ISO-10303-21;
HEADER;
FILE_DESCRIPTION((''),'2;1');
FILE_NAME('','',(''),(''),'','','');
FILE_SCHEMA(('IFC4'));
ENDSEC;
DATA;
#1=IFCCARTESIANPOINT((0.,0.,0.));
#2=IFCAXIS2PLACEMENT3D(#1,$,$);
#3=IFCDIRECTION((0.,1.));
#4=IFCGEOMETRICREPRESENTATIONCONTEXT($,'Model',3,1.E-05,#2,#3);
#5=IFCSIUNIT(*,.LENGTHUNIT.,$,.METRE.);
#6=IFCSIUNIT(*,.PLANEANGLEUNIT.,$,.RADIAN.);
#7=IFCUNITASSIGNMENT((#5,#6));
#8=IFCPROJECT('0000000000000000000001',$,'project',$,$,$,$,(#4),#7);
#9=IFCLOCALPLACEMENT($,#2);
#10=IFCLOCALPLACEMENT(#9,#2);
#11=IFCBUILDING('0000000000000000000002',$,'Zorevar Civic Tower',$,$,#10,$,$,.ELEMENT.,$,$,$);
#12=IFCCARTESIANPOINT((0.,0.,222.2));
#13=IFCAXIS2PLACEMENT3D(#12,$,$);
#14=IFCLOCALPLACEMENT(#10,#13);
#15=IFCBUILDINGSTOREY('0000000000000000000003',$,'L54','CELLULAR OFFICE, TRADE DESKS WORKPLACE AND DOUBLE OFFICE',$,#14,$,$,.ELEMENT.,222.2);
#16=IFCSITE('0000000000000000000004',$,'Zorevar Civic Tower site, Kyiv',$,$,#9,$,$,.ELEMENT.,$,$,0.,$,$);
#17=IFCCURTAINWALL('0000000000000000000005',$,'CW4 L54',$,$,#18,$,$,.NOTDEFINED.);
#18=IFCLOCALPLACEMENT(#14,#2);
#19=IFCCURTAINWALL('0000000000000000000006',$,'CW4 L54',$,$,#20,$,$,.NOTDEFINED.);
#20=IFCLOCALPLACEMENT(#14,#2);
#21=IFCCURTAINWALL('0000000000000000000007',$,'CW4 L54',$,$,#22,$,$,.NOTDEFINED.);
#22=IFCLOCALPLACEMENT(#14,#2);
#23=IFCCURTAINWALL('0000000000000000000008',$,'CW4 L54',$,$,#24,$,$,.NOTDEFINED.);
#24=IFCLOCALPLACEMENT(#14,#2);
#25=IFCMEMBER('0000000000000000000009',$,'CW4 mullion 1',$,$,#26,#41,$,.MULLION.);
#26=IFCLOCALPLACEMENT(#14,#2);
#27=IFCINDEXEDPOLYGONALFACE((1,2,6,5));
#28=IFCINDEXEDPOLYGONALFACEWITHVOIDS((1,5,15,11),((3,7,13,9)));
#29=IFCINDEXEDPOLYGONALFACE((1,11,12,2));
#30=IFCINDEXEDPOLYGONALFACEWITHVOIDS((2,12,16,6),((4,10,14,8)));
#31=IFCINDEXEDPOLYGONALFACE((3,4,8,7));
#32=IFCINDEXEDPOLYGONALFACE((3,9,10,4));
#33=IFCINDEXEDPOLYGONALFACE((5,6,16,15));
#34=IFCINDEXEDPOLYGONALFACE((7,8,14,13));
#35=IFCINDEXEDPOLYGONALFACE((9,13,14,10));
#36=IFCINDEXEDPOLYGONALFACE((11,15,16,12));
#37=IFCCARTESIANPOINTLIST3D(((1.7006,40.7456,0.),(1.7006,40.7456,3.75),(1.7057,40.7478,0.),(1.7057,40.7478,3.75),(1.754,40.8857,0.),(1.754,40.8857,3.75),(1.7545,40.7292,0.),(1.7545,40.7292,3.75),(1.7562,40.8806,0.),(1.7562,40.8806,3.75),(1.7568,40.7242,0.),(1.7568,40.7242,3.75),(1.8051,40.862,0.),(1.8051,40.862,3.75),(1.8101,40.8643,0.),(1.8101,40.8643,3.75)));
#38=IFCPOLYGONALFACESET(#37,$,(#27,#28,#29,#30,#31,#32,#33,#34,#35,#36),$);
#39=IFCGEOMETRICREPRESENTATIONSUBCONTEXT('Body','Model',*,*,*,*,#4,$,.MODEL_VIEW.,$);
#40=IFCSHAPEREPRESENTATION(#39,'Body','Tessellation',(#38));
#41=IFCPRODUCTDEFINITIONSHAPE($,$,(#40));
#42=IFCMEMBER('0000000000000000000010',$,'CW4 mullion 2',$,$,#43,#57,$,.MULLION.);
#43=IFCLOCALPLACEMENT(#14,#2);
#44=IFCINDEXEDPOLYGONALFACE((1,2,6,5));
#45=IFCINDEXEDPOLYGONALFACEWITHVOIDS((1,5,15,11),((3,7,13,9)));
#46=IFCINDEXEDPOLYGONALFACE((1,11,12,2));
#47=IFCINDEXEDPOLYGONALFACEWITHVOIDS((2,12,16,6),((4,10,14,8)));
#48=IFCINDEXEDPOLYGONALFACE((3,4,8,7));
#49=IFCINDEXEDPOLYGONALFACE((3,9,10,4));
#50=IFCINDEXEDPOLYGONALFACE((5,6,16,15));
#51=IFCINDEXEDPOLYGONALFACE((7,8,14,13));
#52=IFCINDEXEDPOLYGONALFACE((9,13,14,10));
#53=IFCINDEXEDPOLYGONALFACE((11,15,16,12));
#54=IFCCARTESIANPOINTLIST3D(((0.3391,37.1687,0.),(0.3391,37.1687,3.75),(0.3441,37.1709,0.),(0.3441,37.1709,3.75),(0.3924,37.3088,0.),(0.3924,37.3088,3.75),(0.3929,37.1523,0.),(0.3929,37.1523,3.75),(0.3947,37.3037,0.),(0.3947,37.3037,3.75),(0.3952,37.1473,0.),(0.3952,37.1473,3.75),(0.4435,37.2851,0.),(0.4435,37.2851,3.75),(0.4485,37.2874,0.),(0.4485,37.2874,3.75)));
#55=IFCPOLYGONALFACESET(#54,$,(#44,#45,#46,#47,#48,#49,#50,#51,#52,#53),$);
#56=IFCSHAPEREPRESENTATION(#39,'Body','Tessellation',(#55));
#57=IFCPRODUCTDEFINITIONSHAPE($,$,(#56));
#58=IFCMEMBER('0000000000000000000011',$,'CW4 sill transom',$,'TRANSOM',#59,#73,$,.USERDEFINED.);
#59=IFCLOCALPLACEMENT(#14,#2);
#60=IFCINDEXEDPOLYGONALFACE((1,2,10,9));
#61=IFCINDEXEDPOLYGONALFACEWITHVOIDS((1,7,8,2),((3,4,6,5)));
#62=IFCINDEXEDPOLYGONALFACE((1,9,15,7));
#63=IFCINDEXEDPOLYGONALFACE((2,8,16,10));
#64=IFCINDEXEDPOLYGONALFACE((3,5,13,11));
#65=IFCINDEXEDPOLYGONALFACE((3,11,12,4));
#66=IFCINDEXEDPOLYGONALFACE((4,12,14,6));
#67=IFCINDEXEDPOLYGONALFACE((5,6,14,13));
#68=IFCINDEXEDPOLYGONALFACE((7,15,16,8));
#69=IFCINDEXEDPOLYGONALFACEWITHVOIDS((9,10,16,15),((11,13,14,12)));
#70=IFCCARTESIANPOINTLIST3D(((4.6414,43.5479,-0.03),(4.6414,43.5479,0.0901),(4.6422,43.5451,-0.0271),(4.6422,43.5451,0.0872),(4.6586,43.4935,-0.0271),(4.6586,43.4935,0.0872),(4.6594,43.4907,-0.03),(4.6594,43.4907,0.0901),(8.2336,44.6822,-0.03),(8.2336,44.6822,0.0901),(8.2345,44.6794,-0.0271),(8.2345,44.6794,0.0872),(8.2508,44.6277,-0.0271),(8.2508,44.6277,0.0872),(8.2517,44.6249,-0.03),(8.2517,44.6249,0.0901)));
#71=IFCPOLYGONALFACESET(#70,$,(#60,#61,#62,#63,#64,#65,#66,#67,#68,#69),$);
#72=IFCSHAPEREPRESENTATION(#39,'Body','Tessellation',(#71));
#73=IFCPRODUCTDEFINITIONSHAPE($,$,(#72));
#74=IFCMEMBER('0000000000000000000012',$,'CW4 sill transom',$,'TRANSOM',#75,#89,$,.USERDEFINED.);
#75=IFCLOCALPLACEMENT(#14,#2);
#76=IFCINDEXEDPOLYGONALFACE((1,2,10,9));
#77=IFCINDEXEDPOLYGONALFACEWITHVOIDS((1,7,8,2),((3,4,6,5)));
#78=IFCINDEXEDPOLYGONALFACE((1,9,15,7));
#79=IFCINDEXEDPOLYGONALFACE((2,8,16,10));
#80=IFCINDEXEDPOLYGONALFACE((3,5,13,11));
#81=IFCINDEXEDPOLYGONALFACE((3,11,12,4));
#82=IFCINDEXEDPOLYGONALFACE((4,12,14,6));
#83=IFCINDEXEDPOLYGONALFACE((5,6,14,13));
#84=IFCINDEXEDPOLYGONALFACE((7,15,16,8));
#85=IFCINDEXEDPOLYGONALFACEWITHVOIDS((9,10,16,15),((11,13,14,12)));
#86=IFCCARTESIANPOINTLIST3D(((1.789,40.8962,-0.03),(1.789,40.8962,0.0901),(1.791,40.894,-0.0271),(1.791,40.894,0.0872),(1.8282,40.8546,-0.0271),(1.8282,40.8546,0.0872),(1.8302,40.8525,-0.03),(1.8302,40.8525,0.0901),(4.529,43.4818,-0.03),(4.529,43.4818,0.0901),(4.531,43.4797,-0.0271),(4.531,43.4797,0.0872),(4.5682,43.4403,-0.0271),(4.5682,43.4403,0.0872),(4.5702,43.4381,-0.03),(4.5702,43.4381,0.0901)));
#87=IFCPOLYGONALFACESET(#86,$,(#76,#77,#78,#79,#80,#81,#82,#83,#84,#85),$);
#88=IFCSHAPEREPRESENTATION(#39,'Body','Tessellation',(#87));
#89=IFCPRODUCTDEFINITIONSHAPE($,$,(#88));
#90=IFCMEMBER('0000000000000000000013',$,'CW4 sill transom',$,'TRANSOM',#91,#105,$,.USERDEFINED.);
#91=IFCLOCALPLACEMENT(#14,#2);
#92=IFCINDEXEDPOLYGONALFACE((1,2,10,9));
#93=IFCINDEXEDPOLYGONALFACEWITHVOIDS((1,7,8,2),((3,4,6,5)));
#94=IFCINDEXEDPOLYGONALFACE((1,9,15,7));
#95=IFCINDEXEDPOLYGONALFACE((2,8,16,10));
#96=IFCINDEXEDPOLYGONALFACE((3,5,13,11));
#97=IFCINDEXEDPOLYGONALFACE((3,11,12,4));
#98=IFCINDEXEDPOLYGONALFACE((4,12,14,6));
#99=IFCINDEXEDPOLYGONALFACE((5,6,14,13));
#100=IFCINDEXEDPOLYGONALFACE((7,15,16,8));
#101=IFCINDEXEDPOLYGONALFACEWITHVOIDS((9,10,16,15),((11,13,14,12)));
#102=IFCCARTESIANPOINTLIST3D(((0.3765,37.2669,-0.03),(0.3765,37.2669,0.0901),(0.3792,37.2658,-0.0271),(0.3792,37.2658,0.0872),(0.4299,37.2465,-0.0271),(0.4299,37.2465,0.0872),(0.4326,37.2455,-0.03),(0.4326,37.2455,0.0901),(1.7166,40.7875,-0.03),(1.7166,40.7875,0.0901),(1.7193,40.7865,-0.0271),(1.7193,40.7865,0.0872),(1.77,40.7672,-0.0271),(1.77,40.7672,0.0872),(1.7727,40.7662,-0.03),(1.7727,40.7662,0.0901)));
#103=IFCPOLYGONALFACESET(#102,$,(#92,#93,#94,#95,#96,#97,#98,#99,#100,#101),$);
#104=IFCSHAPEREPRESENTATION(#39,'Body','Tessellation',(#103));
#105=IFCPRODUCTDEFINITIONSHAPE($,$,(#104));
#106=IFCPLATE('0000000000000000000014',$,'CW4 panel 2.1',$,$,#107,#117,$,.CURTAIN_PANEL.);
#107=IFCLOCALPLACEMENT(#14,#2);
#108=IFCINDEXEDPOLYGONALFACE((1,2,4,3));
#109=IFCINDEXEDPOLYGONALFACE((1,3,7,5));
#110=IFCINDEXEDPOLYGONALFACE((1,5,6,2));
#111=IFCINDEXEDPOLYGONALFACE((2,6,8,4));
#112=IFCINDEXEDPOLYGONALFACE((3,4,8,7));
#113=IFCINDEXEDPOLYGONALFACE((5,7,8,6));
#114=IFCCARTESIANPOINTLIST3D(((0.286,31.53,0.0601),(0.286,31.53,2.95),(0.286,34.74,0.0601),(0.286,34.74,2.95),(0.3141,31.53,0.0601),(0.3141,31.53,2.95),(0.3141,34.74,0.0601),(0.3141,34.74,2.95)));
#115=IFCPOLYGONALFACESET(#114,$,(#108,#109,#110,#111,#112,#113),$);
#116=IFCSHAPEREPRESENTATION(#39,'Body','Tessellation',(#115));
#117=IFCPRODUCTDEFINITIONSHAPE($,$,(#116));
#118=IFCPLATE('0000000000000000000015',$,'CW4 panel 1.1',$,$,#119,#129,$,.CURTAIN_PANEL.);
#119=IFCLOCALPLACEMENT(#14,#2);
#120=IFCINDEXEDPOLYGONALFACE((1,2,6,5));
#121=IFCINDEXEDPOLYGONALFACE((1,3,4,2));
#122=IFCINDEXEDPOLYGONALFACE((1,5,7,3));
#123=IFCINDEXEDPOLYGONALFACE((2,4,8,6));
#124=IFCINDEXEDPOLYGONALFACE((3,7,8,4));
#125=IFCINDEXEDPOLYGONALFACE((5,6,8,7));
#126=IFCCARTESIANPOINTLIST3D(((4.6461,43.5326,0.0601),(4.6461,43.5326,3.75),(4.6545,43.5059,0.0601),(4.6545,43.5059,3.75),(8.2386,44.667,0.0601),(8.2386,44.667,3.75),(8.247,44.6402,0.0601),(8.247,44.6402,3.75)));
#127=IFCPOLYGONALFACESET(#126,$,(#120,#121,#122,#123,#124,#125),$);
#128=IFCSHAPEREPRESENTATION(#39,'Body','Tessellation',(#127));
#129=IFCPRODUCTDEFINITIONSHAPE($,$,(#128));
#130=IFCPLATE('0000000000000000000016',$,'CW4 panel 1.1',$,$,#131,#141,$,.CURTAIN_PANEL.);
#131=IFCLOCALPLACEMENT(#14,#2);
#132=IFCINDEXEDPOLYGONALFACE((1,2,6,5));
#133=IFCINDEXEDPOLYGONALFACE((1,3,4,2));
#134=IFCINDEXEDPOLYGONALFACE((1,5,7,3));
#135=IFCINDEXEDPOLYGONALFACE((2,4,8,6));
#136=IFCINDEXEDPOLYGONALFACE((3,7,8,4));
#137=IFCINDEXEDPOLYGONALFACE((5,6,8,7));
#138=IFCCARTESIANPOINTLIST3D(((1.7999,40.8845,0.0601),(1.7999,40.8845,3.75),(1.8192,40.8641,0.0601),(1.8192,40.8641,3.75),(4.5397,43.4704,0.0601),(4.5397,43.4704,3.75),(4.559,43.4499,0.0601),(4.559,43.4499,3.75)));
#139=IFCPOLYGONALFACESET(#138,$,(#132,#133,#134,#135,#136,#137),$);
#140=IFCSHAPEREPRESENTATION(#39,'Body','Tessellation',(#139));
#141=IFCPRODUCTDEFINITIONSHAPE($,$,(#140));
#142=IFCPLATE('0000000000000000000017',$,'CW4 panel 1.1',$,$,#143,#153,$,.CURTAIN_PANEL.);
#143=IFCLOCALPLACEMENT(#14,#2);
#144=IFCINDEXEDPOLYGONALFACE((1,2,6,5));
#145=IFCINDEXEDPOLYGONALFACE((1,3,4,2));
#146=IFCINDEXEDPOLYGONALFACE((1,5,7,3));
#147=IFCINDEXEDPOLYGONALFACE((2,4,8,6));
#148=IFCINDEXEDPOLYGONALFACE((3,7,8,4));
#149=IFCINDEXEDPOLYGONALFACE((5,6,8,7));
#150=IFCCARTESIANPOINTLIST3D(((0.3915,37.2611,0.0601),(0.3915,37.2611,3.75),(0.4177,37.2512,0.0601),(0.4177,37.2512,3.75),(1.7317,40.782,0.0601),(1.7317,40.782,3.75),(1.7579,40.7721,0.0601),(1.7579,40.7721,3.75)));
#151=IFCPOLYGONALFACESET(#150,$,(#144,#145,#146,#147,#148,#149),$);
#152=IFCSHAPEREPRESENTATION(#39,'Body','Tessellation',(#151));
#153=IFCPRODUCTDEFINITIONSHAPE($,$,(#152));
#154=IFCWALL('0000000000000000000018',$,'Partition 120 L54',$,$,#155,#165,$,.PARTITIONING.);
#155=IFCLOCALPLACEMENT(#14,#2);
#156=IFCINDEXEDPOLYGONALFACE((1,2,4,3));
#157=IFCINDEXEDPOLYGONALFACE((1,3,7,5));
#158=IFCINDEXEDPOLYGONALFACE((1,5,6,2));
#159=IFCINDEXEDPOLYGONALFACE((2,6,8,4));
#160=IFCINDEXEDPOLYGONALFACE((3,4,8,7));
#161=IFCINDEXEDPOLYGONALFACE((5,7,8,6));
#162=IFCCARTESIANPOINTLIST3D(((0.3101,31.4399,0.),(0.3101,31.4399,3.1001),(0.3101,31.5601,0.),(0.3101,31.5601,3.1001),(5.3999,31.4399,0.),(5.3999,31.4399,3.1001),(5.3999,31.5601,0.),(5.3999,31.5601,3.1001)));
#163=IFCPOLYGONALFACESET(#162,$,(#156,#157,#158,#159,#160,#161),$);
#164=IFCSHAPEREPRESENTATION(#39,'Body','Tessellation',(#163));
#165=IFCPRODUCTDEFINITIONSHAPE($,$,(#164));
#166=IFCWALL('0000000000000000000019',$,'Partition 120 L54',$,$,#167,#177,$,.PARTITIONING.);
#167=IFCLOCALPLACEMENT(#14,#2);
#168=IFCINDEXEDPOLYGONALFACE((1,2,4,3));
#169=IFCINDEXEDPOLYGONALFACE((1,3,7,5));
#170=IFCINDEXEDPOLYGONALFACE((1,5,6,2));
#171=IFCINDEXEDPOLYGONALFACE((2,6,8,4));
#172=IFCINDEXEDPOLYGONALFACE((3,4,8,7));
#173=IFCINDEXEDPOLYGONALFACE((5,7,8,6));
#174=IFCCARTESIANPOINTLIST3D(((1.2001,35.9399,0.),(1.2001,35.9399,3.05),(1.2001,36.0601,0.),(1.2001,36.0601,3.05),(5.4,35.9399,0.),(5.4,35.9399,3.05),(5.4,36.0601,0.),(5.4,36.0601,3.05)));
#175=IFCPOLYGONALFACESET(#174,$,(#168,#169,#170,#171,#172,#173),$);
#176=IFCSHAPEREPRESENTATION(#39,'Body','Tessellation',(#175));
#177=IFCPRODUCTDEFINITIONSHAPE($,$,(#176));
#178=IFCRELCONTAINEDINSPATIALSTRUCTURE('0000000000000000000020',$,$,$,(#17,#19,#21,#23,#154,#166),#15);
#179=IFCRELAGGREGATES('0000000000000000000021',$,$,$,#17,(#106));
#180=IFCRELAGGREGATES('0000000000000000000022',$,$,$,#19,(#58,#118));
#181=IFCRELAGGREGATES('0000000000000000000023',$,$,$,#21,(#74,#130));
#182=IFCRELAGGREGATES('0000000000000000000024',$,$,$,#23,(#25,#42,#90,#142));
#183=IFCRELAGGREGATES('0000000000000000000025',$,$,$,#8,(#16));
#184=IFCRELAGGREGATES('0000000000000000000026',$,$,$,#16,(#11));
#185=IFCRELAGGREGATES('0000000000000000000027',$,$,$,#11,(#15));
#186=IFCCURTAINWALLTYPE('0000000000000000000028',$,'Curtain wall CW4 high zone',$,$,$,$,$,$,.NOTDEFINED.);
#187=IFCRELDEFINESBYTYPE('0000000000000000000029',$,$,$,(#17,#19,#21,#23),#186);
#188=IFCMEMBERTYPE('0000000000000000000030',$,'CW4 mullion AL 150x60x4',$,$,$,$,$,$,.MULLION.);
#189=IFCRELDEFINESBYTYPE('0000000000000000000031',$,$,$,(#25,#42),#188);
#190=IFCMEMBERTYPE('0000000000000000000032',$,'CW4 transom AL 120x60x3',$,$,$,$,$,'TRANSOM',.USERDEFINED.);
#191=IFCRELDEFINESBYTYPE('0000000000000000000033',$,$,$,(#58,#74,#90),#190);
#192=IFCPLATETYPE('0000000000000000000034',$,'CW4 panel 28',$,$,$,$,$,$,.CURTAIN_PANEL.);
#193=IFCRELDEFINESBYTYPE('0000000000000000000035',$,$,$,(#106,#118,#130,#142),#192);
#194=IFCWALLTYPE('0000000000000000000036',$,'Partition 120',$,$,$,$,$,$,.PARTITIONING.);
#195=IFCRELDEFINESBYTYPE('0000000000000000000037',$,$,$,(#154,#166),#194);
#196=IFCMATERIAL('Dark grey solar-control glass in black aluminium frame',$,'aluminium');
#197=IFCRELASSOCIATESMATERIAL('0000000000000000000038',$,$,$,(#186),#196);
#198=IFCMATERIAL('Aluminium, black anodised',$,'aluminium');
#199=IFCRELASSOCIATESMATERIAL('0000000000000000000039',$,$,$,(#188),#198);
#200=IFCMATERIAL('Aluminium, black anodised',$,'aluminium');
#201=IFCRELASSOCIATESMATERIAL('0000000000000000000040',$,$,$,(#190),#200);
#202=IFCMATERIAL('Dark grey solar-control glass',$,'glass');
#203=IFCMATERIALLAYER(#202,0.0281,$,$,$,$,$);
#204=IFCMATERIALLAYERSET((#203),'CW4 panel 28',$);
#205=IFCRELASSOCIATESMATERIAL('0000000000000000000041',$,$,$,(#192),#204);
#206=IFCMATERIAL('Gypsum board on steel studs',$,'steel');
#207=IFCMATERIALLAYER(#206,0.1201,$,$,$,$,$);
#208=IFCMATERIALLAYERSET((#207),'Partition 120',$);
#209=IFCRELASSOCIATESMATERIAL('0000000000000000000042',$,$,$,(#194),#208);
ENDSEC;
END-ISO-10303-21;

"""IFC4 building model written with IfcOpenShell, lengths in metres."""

from ifc_helpers import new_model, si_unit, direction, frame, frame_2d, origin, origin_2d, place, context, subcontext, project, spatial, rectangle, hollow_rectangle, extrude, material, layer, layer_set, material_profile, profile_set, type_object, element, aggregate, save


model = new_model("IFC4")

# Units and contexts
model_context = context("Model", 3, precision=1e-05, world=origin(), true_north=direction((0.0, 1.0)))
body_context = subcontext(model_context, "Body", "Model", "MODEL_VIEW")
ifc_project = project(units=[si_unit("LENGTHUNIT", "METRE"), si_unit("PLANEANGLEUNIT", "RADIAN")], contexts=[model_context])

# Site, building, storey
site_placement = place(None, origin())
site = spatial("IfcSite", under=ifc_project, at=site_placement, Name="Zorevar Civic Tower site, Kyiv", CompositionType="ELEMENT", RefElevation=0.0)
building_placement = place(site_placement, origin())
building = spatial("IfcBuilding", under=site, at=building_placement, Name="Zorevar Civic Tower", CompositionType="ELEMENT")
storey_placement = place(building_placement, frame((0.0, 0.0, 222.2)))
storey = spatial("IfcBuildingStorey", under=building, at=storey_placement, Name="L54", Description="CELLULAR OFFICE, TRADE DESKS WORKPLACE AND DOUBLE OFFICE", CompositionType="ELEMENT", Elevation=222.2)

# Curtain walls, members
ifc_material_1 = material(Name="Dark grey solar-control glass in black aluminium frame", Category="aluminium")
curtain_wall_type = type_object("IfcCurtainWallType", Name="Curtain wall CW4 high zone", PredefinedType="NOTDEFINED", material=ifc_material_1)
curtain_wall_1_placement = place(storey_placement, origin())
curtain_wall_1 = element("IfcCurtainWall", 1, at=curtain_wall_1_placement, inside=storey, type_object=curtain_wall_type, Name="CW4 L54", PredefinedType="NOTDEFINED")
ifc_material_2 = material(Name="Aluminium, black anodised", Category="aluminium")
ifc_material_profile_1 = material_profile(ifc_material_2, hollow_rectangle(XDim=0.0601, YDim=0.1499, WallThickness=0.0039, at=origin_2d()), Name="AL 150x60x4")
ifc_profile_set_1 = profile_set([ifc_material_profile_1], Name="Aluminium, black anodised")
member_type_1 = type_object("IfcMemberType", Name="CW4 mullion AL 150x60x4", PredefinedType="MULLION", material=ifc_profile_set_1)
curtain_wall_2_placement = place(storey_placement, origin())
curtain_wall_2 = element("IfcCurtainWall", 2, at=curtain_wall_2_placement, inside=storey, type_object=curtain_wall_type, Name="CW4 L54", PredefinedType="NOTDEFINED")
curtain_wall_3_placement = place(storey_placement, origin())
curtain_wall_3 = element("IfcCurtainWall", 3, at=curtain_wall_3_placement, inside=storey, type_object=curtain_wall_type, Name="CW4 L54", PredefinedType="NOTDEFINED")
curtain_wall_4_placement = place(storey_placement, origin())
curtain_wall_4 = element("IfcCurtainWall", 4, at=curtain_wall_4_placement, inside=storey, type_object=curtain_wall_type, Name="CW4 L54", PredefinedType="NOTDEFINED")
member_1_placement = place(storey_placement, frame((1.7554, 40.8049, 0.0), z_axis=(0.0, 0.0, 1.0), x_axis=(0.934588, -0.355731, 0.0)))
member_1 = element("IfcMember", 5, at=member_1_placement, type_object=member_type_1, Name="CW4 mullion 1", PredefinedType="MULLION", context=body_context, shape_type="SweptSolid", body=[
    extrude(hollow_rectangle(XDim=0.0601, YDim=0.1499, WallThickness=0.0039, at=origin_2d()), origin(), (0.0, 0.0, 1.0), 3.75),
])
member_2_placement = place(storey_placement, frame((0.3938, 37.228, 0.0), z_axis=(0.0, 0.0, 1.0), x_axis=(0.934588, -0.355731, 0.0)))
member_2 = element("IfcMember", 6, at=member_2_placement, type_object=member_type_1, Name="CW4 mullion 2", PredefinedType="MULLION", context=body_context, shape_type="SweptSolid", body=[
    extrude(hollow_rectangle(XDim=0.0601, YDim=0.1499, WallThickness=0.0039, at=origin_2d()), origin(), (0.0, 0.0, 1.0), 3.75),
])

# Members
ifc_material_3 = material(Name="Aluminium, black anodised", Category="aluminium")
ifc_material_profile_2 = material_profile(ifc_material_3, hollow_rectangle(XDim=0.0601, YDim=0.1201, WallThickness=0.0029, at=origin_2d()), Name="AL 120x60x3")
ifc_profile_set_2 = profile_set([ifc_material_profile_2], Name="Aluminium, black anodised")
member_type_2 = type_object("IfcMemberType", Name="CW4 transom AL 120x60x3", ElementType="TRANSOM", PredefinedType="USERDEFINED", material=ifc_profile_set_2)
member_3_placement = place(storey_placement, frame((8.2427, 44.6536, 0.03), z_axis=(-0.953592, -0.3011, 0.0), x_axis=(0.3011, -0.953592, 0.0)))
member_3 = element("IfcMember", 7, at=member_3_placement, type_object=member_type_2, Name="CW4 sill transom", ObjectType="TRANSOM", PredefinedType="USERDEFINED", context=body_context, shape_type="SweptSolid", body=[
    extrude(hollow_rectangle(XDim=0.0601, YDim=0.1201, WallThickness=0.0029, at=origin_2d()), origin(), (0.0, 0.0, 1.0), 3.7671),
])
member_4_placement = place(storey_placement, frame((4.5496, 43.46, 0.03), z_axis=(-0.727288, -0.686332, 0.0), x_axis=(0.686332, -0.727288, 0.0)))
member_4 = element("IfcMember", 8, at=member_4_placement, type_object=member_type_2, Name="CW4 sill transom", ObjectType="TRANSOM", PredefinedType="USERDEFINED", context=body_context, shape_type="SweptSolid", body=[
    extrude(hollow_rectangle(XDim=0.0601, YDim=0.1201, WallThickness=0.0029, at=origin_2d()), origin(), (0.0, 0.0, 1.0), 3.7673),
])
member_5_placement = place(storey_placement, frame((1.7446, 40.7769, 0.03), z_axis=(-0.355729, -0.934589, 0.0), x_axis=(0.934589, -0.355729, 0.0)))
member_5 = element("IfcMember", 9, at=member_5_placement, type_object=member_type_2, Name="CW4 sill transom", ObjectType="TRANSOM", PredefinedType="USERDEFINED", context=body_context, shape_type="SweptSolid", body=[
    extrude(hollow_rectangle(XDim=0.0601, YDim=0.1201, WallThickness=0.0029, at=origin_2d()), origin(), (0.0, 0.0, 1.0), 3.7671),
])

# Plates
ifc_material_4 = material(Name="Dark grey solar-control glass", Category="glass")
ifc_layer_1 = layer(ifc_material_4, 0.0281)
ifc_layer_set_1 = layer_set([ifc_layer_1], Name="CW4 panel 28")
plate_type = type_object("IfcPlateType", Name="CW4 panel 28", PredefinedType="CURTAIN_PANEL", material=ifc_layer_set_1)
plate_1_placement = place(storey_placement, frame((0.3, 33.135, 0.0601), z_axis=(0.0, 0.0, 1.0), x_axis=(0.0, 1.0, 0.0)))
plate_1 = element("IfcPlate", 10, at=plate_1_placement, type_object=plate_type, Name="CW4 panel 2.1", PredefinedType="CURTAIN_PANEL", context=body_context, shape_type="SweptSolid", body=[
    extrude(rectangle(XDim=3.21, YDim=0.0281, at=origin_2d()), origin(), (0.0, 0.0, 1.0), 2.8899),
])
aggregate(curtain_wall_1, [plate_1])
plate_2_placement = place(storey_placement, frame((6.4465, 44.0864, 0.0601), z_axis=(0.0, 0.0, 1.0), x_axis=(-0.95359, -0.301108, 0.0)))
plate_2 = element("IfcPlate", 11, at=plate_2_placement, type_object=plate_type, Name="CW4 panel 1.1", PredefinedType="CURTAIN_PANEL", context=body_context, shape_type="SweptSolid", body=[
    extrude(rectangle(XDim=3.7673, YDim=0.0281, at=origin_2d()), origin(), (0.0, 0.0, 1.0), 3.6899),
])
aggregate(curtain_wall_2, [member_3, plate_2])
plate_3_placement = place(storey_placement, frame((3.1794, 42.1672, 0.0601), z_axis=(0.0, 0.0, 1.0), x_axis=(-0.727245, -0.686378, 0.0)))
plate_3 = element("IfcPlate", 12, at=plate_3_placement, type_object=plate_type, Name="CW4 panel 1.1", PredefinedType="CURTAIN_PANEL", context=body_context, shape_type="SweptSolid", body=[
    extrude(rectangle(XDim=3.7673, YDim=0.0281, at=origin_2d()), origin(), (0.0, 0.0, 1.0), 3.6899),
])
aggregate(curtain_wall_3, [member_4, plate_3])
plate_4_placement = place(storey_placement, frame((1.0747, 39.0166, 0.0601), z_axis=(0.0, 0.0, 1.0), x_axis=(-0.355731, -0.934588, 0.0)))
plate_4 = element("IfcPlate", 13, at=plate_4_placement, type_object=plate_type, Name="CW4 panel 1.1", PredefinedType="CURTAIN_PANEL", context=body_context, shape_type="SweptSolid", body=[
    extrude(rectangle(XDim=3.7673, YDim=0.0281, at=origin_2d()), origin(), (0.0, 0.0, 1.0), 3.6899),
])
aggregate(curtain_wall_4, [member_1, member_2, member_5, plate_4])

# Walls
ifc_material_5 = material(Name="Gypsum board on steel studs", Category="steel")
ifc_layer_2 = layer(ifc_material_5, 0.1201)
ifc_layer_set_2 = layer_set([ifc_layer_2], Name="Partition 120")
wall_type = type_object("IfcWallType", Name="Partition 120", PredefinedType="PARTITIONING", material=ifc_layer_set_2)
wall_1_placement = place(storey_placement, frame((0.3101, 31.5, 0.0), z_axis=(0.0, 0.0, 1.0), x_axis=(1.0, 0.0, 0.0)))
element("IfcWall", 14, at=wall_1_placement, inside=storey, type_object=wall_type, Name="Partition 120 L54", PredefinedType="PARTITIONING", context=body_context, shape_type="SweptSolid", body=[
    extrude(rectangle(XDim=5.0898, YDim=0.1201, at=frame_2d((2.5449, 0.0))), origin(), (0.0, 0.0, 1.0), 3.1001),
])
wall_2_placement = place(storey_placement, frame((1.2, 36.0, 0.0), z_axis=(0.0, 0.0, 1.0), x_axis=(1.0, 0.0, 0.0)))
element("IfcWall", 15, at=wall_2_placement, inside=storey, type_object=wall_type, Name="Partition 120 L54", PredefinedType="PARTITIONING", context=body_context, shape_type="SweptSolid", body=[
    extrude(rectangle(XDim=4.2, YDim=0.1201, at=frame_2d((2.1001, 0.0))), origin(), (0.0, 0.0, 1.0), 3.05),
])

save(model, "model.ifc")
